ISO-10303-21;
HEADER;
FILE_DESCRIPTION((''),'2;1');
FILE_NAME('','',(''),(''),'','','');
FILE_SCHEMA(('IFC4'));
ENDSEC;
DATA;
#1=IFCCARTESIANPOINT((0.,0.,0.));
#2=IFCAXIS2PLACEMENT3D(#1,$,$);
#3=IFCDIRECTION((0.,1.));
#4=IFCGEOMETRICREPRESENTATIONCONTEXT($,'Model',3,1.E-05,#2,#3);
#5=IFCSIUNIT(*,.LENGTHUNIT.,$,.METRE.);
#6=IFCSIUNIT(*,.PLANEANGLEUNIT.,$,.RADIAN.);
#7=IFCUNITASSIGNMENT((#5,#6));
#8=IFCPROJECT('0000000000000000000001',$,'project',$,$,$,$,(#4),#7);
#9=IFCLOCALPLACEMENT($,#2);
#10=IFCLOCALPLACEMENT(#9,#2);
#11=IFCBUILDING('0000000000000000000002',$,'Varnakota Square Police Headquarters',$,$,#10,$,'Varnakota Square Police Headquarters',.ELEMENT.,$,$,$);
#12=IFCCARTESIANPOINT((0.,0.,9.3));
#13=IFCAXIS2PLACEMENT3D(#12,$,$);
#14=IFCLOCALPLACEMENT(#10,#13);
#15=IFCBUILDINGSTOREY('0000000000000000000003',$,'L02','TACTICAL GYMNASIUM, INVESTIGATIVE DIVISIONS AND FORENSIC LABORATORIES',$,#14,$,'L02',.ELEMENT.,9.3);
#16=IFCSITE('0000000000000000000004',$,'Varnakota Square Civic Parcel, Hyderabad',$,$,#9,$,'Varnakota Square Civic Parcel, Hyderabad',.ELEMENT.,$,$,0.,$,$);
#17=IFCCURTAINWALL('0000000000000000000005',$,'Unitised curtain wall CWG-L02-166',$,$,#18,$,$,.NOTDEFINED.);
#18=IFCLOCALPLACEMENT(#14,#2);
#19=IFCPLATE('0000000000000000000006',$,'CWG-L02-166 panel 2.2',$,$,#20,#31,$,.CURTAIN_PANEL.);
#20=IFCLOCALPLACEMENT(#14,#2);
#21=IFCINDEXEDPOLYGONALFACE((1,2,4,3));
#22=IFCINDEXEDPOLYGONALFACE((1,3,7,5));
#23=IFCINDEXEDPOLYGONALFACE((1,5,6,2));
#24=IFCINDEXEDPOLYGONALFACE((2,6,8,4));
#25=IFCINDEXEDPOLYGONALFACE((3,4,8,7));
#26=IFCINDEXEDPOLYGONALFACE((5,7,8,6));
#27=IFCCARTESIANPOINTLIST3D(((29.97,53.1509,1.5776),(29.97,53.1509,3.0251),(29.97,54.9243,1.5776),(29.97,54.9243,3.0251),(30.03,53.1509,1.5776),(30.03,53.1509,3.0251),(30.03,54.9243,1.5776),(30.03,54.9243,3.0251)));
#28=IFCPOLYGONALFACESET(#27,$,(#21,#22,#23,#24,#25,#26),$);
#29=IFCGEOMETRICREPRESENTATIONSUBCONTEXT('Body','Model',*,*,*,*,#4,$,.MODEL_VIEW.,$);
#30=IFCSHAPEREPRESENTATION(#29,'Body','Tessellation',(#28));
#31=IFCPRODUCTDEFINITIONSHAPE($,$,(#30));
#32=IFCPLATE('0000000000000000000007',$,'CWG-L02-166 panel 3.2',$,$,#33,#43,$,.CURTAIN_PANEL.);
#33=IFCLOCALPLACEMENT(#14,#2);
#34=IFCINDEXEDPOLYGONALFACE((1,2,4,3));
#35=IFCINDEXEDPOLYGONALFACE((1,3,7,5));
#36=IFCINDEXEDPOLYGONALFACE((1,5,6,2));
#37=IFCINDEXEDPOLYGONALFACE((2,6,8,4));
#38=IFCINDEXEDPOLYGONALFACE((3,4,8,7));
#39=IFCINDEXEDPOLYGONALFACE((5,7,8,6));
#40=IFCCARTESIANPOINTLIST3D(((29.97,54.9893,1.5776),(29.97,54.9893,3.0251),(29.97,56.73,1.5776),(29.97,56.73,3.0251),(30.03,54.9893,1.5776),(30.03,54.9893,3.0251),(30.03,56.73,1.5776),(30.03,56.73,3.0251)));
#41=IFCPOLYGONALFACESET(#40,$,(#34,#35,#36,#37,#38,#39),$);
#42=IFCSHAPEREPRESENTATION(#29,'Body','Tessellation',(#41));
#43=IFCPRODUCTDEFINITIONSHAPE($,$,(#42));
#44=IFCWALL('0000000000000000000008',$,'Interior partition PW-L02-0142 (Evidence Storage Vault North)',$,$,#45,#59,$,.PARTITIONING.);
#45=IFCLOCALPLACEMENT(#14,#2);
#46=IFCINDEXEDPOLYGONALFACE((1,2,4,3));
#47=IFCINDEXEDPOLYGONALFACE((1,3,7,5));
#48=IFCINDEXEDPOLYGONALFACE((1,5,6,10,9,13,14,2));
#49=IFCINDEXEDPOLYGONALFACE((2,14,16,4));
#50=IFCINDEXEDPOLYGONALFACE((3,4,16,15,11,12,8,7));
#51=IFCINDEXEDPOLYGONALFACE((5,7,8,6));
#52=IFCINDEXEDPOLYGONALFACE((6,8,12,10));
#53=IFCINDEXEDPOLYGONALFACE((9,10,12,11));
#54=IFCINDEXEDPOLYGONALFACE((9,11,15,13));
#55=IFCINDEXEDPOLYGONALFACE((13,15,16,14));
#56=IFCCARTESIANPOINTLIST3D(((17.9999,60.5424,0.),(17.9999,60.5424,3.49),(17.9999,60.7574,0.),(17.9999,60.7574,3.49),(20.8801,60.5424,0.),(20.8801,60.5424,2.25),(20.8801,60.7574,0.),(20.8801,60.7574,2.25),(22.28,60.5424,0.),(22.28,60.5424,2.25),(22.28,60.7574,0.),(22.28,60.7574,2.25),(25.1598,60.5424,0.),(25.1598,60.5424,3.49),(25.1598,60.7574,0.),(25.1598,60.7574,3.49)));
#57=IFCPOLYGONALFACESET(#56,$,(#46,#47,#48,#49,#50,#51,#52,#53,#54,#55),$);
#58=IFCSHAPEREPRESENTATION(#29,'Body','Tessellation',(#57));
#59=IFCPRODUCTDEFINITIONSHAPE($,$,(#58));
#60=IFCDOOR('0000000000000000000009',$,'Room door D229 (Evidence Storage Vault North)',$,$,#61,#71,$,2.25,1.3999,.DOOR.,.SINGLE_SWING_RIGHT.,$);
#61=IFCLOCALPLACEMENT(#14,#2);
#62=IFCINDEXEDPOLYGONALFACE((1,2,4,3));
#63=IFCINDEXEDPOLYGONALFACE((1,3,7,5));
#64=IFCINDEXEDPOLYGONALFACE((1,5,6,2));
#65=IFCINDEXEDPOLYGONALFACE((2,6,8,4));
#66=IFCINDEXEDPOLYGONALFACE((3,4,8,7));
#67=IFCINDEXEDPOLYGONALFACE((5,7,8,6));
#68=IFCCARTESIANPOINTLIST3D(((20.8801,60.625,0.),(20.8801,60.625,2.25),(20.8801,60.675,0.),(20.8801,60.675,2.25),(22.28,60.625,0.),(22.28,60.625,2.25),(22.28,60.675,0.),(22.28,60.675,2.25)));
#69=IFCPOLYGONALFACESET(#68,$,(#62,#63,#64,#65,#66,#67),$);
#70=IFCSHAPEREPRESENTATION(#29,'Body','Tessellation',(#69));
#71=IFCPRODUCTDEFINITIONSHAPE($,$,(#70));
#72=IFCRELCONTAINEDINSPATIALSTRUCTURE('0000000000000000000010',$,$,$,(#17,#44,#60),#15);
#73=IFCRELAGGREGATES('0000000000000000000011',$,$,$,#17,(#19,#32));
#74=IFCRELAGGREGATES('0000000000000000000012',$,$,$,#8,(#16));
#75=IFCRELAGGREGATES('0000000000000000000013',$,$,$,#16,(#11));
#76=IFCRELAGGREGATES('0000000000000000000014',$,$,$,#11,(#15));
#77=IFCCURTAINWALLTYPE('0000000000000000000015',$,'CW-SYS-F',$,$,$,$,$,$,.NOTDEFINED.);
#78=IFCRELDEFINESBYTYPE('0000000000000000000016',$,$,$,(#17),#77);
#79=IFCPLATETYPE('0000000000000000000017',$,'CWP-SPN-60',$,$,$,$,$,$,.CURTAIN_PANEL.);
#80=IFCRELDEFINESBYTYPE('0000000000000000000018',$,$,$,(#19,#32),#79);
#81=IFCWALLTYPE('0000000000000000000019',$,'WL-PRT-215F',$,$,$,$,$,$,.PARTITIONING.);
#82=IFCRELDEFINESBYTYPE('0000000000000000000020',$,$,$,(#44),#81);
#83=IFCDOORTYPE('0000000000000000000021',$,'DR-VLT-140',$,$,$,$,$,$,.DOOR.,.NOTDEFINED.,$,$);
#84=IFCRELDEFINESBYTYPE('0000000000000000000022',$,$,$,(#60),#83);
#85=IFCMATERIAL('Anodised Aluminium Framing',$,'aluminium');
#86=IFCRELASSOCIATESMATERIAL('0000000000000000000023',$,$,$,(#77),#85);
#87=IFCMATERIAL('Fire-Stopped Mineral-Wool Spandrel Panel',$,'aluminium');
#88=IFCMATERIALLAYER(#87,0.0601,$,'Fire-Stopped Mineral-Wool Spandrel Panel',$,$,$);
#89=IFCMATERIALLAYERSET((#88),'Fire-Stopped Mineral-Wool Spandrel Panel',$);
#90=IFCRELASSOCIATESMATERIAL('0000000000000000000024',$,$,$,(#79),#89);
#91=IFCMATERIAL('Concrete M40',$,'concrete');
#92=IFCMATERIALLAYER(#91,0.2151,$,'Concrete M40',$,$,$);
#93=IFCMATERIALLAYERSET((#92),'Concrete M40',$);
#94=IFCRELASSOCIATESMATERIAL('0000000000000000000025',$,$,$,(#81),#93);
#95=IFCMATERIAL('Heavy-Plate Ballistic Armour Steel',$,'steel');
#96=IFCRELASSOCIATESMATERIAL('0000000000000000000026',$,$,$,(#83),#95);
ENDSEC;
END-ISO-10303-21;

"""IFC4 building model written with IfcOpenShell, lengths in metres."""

from ifc_helpers import new_model, si_unit, direction, frame, frame_2d, origin, origin_2d, place, context, subcontext, project, spatial, rectangle, extrude, material, layer, layer_set, type_object, element, fill, aggregate, save


model = new_model("IFC4")

# Units and contexts
model_context = context("Model", 3, precision=1e-05, world=origin(), true_north=direction((0.0, 1.0)))
body_context = subcontext(model_context, "Body", "Model", "MODEL_VIEW")
ifc_project = project(units=[si_unit("LENGTHUNIT", "METRE"), si_unit("PLANEANGLEUNIT", "RADIAN")], contexts=[model_context])

# Site, building, storey
site_placement = place(None, origin())
site = spatial("IfcSite", under=ifc_project, at=site_placement, Name="Varnakota Square Civic Parcel, Hyderabad", LongName="Varnakota Square Civic Parcel, Hyderabad", CompositionType="ELEMENT", RefElevation=0.0)
building_placement = place(site_placement, origin())
building = spatial("IfcBuilding", under=site, at=building_placement, Name="Varnakota Square Police Headquarters", LongName="Varnakota Square Police Headquarters", CompositionType="ELEMENT")
storey_placement = place(building_placement, frame((0.0, 0.0, 9.3)))
storey = spatial("IfcBuildingStorey", under=building, at=storey_placement, Name="L02", Description="TACTICAL GYMNASIUM, INVESTIGATIVE DIVISIONS AND FORENSIC LABORATORIES", LongName="L02", CompositionType="ELEMENT", Elevation=9.3)

# Shared definitions
ifc_material_1 = material(Name="Anodised Aluminium Framing", Category="aluminium")

# Curtain wall, plates
curtain_wall_type_1 = type_object("IfcCurtainWallType", Name="CW-SYS-F", PredefinedType="NOTDEFINED", material=ifc_material_1)
curtain_wall_1_placement = place(storey_placement, origin())
curtain_wall_1 = element("IfcCurtainWall", 1, at=curtain_wall_1_placement, inside=storey, type_object=curtain_wall_type_1, Name="Unitised curtain wall CWG-L02-166", PredefinedType="NOTDEFINED")
ifc_material_2 = material(Name="Fire-Stopped Mineral-Wool Spandrel Panel", Category="aluminium")
ifc_layer_1 = layer(ifc_material_2, 0.0601, Name="Fire-Stopped Mineral-Wool Spandrel Panel")
ifc_layer_set_1 = layer_set([ifc_layer_1], Name="Fire-Stopped Mineral-Wool Spandrel Panel")
plate_type_1 = type_object("IfcPlateType", Name="CWP-SPN-60", PredefinedType="CURTAIN_PANEL", material=ifc_layer_set_1)
plate_1_placement = place(storey_placement, frame((30.0, 54.0376, 1.5776), z_axis=(0.0, 0.0, 1.0), x_axis=(0.0, 1.0, 0.0)))
plate_1 = element("IfcPlate", 2, at=plate_1_placement, type_object=plate_type_1, Name="CWG-L02-166 panel 2.2", PredefinedType="CURTAIN_PANEL", context=body_context, shape_type="SweptSolid", body=[
    extrude(rectangle(XDim=1.7734, YDim=0.0601, at=origin_2d()), origin(), (0.0, 0.0, 1.0), 1.4475),
])
plate_2_placement = place(storey_placement, frame((30.0, 55.8596, 1.5776), z_axis=(0.0, 0.0, 1.0), x_axis=(0.0, 1.0, 0.0)))
plate_2 = element("IfcPlate", 3, at=plate_2_placement, type_object=plate_type_1, Name="CWG-L02-166 panel 3.2", PredefinedType="CURTAIN_PANEL", context=body_context, shape_type="SweptSolid", body=[
    extrude(rectangle(XDim=1.7407, YDim=0.0601, at=origin_2d()), origin(), (0.0, 0.0, 1.0), 1.4475),
])
aggregate(curtain_wall_1, [plate_1, plate_2])

# Wall, opening, door
ifc_material_3 = material(Name="Concrete M40", Category="concrete")
ifc_layer_2 = layer(ifc_material_3, 0.2151, Name="Concrete M40")
ifc_layer_set_2 = layer_set([ifc_layer_2], Name="Concrete M40")
wall_type = type_object("IfcWallType", Name="WL-PRT-215F", PredefinedType="PARTITIONING", material=ifc_layer_set_2)
wall_placement = place(storey_placement, frame((25.1599, 60.6499, 0.0), z_axis=(0.0, 0.0, 1.0), x_axis=(-1.0, 0.0, 0.0)))
wall = element("IfcWall", 4, at=wall_placement, inside=storey, type_object=wall_type, Name="Interior partition PW-L02-0142 (Evidence Storage Vault North)", PredefinedType="PARTITIONING", context=body_context, shape_type="SweptSolid", body=[
    extrude(rectangle(XDim=7.1599, YDim=0.2151, at=frame_2d((3.5801, 0.0))), origin(), (0.0, 0.0, 1.0), 3.49),
])
opening_placement = place(wall_placement, frame((2.8799, 0.0, 0.0)))
opening = element("IfcOpeningElement", 5, at=opening_placement, cuts=wall, PredefinedType="OPENING", context=body_context, shape_type="SweptSolid", body=[
    extrude(rectangle(XDim=1.3999, YDim=2.25, at=frame_2d((0.7, 1.125))), frame((0.0, 0.1174, 0.0), z_axis=(0.0, -1.0, 0.0), x_axis=(1.0, 0.0, 0.0)), (0.0, 0.0, 1.0), 0.2351),
])
ifc_material_4 = material(Name="Heavy-Plate Ballistic Armour Steel", Category="steel")
door_type = type_object("IfcDoorType", Name="DR-VLT-140", OperationType="NOTDEFINED", PredefinedType="DOOR", material=ifc_material_4)
door_placement = place(opening_placement, origin())
door = element("IfcDoor", 6, at=door_placement, inside=storey, type_object=door_type, Name="Room door D229 (Evidence Storage Vault North)", OperationType="SINGLE_SWING_RIGHT", OverallHeight=2.25, OverallWidth=1.3999, PredefinedType="DOOR", context=body_context, shape_type="SweptSolid", body=[
    extrude(rectangle(XDim=1.3999, YDim=2.25, at=frame_2d((0.7, 1.125))), frame((0.0, 0.0249, 0.0), z_axis=(0.0, -1.0, 0.0), x_axis=(1.0, 0.0, 0.0)), (0.0, 0.0, 1.0), 0.05),
])
fill(opening, door)

save(model, "model.ifc")
